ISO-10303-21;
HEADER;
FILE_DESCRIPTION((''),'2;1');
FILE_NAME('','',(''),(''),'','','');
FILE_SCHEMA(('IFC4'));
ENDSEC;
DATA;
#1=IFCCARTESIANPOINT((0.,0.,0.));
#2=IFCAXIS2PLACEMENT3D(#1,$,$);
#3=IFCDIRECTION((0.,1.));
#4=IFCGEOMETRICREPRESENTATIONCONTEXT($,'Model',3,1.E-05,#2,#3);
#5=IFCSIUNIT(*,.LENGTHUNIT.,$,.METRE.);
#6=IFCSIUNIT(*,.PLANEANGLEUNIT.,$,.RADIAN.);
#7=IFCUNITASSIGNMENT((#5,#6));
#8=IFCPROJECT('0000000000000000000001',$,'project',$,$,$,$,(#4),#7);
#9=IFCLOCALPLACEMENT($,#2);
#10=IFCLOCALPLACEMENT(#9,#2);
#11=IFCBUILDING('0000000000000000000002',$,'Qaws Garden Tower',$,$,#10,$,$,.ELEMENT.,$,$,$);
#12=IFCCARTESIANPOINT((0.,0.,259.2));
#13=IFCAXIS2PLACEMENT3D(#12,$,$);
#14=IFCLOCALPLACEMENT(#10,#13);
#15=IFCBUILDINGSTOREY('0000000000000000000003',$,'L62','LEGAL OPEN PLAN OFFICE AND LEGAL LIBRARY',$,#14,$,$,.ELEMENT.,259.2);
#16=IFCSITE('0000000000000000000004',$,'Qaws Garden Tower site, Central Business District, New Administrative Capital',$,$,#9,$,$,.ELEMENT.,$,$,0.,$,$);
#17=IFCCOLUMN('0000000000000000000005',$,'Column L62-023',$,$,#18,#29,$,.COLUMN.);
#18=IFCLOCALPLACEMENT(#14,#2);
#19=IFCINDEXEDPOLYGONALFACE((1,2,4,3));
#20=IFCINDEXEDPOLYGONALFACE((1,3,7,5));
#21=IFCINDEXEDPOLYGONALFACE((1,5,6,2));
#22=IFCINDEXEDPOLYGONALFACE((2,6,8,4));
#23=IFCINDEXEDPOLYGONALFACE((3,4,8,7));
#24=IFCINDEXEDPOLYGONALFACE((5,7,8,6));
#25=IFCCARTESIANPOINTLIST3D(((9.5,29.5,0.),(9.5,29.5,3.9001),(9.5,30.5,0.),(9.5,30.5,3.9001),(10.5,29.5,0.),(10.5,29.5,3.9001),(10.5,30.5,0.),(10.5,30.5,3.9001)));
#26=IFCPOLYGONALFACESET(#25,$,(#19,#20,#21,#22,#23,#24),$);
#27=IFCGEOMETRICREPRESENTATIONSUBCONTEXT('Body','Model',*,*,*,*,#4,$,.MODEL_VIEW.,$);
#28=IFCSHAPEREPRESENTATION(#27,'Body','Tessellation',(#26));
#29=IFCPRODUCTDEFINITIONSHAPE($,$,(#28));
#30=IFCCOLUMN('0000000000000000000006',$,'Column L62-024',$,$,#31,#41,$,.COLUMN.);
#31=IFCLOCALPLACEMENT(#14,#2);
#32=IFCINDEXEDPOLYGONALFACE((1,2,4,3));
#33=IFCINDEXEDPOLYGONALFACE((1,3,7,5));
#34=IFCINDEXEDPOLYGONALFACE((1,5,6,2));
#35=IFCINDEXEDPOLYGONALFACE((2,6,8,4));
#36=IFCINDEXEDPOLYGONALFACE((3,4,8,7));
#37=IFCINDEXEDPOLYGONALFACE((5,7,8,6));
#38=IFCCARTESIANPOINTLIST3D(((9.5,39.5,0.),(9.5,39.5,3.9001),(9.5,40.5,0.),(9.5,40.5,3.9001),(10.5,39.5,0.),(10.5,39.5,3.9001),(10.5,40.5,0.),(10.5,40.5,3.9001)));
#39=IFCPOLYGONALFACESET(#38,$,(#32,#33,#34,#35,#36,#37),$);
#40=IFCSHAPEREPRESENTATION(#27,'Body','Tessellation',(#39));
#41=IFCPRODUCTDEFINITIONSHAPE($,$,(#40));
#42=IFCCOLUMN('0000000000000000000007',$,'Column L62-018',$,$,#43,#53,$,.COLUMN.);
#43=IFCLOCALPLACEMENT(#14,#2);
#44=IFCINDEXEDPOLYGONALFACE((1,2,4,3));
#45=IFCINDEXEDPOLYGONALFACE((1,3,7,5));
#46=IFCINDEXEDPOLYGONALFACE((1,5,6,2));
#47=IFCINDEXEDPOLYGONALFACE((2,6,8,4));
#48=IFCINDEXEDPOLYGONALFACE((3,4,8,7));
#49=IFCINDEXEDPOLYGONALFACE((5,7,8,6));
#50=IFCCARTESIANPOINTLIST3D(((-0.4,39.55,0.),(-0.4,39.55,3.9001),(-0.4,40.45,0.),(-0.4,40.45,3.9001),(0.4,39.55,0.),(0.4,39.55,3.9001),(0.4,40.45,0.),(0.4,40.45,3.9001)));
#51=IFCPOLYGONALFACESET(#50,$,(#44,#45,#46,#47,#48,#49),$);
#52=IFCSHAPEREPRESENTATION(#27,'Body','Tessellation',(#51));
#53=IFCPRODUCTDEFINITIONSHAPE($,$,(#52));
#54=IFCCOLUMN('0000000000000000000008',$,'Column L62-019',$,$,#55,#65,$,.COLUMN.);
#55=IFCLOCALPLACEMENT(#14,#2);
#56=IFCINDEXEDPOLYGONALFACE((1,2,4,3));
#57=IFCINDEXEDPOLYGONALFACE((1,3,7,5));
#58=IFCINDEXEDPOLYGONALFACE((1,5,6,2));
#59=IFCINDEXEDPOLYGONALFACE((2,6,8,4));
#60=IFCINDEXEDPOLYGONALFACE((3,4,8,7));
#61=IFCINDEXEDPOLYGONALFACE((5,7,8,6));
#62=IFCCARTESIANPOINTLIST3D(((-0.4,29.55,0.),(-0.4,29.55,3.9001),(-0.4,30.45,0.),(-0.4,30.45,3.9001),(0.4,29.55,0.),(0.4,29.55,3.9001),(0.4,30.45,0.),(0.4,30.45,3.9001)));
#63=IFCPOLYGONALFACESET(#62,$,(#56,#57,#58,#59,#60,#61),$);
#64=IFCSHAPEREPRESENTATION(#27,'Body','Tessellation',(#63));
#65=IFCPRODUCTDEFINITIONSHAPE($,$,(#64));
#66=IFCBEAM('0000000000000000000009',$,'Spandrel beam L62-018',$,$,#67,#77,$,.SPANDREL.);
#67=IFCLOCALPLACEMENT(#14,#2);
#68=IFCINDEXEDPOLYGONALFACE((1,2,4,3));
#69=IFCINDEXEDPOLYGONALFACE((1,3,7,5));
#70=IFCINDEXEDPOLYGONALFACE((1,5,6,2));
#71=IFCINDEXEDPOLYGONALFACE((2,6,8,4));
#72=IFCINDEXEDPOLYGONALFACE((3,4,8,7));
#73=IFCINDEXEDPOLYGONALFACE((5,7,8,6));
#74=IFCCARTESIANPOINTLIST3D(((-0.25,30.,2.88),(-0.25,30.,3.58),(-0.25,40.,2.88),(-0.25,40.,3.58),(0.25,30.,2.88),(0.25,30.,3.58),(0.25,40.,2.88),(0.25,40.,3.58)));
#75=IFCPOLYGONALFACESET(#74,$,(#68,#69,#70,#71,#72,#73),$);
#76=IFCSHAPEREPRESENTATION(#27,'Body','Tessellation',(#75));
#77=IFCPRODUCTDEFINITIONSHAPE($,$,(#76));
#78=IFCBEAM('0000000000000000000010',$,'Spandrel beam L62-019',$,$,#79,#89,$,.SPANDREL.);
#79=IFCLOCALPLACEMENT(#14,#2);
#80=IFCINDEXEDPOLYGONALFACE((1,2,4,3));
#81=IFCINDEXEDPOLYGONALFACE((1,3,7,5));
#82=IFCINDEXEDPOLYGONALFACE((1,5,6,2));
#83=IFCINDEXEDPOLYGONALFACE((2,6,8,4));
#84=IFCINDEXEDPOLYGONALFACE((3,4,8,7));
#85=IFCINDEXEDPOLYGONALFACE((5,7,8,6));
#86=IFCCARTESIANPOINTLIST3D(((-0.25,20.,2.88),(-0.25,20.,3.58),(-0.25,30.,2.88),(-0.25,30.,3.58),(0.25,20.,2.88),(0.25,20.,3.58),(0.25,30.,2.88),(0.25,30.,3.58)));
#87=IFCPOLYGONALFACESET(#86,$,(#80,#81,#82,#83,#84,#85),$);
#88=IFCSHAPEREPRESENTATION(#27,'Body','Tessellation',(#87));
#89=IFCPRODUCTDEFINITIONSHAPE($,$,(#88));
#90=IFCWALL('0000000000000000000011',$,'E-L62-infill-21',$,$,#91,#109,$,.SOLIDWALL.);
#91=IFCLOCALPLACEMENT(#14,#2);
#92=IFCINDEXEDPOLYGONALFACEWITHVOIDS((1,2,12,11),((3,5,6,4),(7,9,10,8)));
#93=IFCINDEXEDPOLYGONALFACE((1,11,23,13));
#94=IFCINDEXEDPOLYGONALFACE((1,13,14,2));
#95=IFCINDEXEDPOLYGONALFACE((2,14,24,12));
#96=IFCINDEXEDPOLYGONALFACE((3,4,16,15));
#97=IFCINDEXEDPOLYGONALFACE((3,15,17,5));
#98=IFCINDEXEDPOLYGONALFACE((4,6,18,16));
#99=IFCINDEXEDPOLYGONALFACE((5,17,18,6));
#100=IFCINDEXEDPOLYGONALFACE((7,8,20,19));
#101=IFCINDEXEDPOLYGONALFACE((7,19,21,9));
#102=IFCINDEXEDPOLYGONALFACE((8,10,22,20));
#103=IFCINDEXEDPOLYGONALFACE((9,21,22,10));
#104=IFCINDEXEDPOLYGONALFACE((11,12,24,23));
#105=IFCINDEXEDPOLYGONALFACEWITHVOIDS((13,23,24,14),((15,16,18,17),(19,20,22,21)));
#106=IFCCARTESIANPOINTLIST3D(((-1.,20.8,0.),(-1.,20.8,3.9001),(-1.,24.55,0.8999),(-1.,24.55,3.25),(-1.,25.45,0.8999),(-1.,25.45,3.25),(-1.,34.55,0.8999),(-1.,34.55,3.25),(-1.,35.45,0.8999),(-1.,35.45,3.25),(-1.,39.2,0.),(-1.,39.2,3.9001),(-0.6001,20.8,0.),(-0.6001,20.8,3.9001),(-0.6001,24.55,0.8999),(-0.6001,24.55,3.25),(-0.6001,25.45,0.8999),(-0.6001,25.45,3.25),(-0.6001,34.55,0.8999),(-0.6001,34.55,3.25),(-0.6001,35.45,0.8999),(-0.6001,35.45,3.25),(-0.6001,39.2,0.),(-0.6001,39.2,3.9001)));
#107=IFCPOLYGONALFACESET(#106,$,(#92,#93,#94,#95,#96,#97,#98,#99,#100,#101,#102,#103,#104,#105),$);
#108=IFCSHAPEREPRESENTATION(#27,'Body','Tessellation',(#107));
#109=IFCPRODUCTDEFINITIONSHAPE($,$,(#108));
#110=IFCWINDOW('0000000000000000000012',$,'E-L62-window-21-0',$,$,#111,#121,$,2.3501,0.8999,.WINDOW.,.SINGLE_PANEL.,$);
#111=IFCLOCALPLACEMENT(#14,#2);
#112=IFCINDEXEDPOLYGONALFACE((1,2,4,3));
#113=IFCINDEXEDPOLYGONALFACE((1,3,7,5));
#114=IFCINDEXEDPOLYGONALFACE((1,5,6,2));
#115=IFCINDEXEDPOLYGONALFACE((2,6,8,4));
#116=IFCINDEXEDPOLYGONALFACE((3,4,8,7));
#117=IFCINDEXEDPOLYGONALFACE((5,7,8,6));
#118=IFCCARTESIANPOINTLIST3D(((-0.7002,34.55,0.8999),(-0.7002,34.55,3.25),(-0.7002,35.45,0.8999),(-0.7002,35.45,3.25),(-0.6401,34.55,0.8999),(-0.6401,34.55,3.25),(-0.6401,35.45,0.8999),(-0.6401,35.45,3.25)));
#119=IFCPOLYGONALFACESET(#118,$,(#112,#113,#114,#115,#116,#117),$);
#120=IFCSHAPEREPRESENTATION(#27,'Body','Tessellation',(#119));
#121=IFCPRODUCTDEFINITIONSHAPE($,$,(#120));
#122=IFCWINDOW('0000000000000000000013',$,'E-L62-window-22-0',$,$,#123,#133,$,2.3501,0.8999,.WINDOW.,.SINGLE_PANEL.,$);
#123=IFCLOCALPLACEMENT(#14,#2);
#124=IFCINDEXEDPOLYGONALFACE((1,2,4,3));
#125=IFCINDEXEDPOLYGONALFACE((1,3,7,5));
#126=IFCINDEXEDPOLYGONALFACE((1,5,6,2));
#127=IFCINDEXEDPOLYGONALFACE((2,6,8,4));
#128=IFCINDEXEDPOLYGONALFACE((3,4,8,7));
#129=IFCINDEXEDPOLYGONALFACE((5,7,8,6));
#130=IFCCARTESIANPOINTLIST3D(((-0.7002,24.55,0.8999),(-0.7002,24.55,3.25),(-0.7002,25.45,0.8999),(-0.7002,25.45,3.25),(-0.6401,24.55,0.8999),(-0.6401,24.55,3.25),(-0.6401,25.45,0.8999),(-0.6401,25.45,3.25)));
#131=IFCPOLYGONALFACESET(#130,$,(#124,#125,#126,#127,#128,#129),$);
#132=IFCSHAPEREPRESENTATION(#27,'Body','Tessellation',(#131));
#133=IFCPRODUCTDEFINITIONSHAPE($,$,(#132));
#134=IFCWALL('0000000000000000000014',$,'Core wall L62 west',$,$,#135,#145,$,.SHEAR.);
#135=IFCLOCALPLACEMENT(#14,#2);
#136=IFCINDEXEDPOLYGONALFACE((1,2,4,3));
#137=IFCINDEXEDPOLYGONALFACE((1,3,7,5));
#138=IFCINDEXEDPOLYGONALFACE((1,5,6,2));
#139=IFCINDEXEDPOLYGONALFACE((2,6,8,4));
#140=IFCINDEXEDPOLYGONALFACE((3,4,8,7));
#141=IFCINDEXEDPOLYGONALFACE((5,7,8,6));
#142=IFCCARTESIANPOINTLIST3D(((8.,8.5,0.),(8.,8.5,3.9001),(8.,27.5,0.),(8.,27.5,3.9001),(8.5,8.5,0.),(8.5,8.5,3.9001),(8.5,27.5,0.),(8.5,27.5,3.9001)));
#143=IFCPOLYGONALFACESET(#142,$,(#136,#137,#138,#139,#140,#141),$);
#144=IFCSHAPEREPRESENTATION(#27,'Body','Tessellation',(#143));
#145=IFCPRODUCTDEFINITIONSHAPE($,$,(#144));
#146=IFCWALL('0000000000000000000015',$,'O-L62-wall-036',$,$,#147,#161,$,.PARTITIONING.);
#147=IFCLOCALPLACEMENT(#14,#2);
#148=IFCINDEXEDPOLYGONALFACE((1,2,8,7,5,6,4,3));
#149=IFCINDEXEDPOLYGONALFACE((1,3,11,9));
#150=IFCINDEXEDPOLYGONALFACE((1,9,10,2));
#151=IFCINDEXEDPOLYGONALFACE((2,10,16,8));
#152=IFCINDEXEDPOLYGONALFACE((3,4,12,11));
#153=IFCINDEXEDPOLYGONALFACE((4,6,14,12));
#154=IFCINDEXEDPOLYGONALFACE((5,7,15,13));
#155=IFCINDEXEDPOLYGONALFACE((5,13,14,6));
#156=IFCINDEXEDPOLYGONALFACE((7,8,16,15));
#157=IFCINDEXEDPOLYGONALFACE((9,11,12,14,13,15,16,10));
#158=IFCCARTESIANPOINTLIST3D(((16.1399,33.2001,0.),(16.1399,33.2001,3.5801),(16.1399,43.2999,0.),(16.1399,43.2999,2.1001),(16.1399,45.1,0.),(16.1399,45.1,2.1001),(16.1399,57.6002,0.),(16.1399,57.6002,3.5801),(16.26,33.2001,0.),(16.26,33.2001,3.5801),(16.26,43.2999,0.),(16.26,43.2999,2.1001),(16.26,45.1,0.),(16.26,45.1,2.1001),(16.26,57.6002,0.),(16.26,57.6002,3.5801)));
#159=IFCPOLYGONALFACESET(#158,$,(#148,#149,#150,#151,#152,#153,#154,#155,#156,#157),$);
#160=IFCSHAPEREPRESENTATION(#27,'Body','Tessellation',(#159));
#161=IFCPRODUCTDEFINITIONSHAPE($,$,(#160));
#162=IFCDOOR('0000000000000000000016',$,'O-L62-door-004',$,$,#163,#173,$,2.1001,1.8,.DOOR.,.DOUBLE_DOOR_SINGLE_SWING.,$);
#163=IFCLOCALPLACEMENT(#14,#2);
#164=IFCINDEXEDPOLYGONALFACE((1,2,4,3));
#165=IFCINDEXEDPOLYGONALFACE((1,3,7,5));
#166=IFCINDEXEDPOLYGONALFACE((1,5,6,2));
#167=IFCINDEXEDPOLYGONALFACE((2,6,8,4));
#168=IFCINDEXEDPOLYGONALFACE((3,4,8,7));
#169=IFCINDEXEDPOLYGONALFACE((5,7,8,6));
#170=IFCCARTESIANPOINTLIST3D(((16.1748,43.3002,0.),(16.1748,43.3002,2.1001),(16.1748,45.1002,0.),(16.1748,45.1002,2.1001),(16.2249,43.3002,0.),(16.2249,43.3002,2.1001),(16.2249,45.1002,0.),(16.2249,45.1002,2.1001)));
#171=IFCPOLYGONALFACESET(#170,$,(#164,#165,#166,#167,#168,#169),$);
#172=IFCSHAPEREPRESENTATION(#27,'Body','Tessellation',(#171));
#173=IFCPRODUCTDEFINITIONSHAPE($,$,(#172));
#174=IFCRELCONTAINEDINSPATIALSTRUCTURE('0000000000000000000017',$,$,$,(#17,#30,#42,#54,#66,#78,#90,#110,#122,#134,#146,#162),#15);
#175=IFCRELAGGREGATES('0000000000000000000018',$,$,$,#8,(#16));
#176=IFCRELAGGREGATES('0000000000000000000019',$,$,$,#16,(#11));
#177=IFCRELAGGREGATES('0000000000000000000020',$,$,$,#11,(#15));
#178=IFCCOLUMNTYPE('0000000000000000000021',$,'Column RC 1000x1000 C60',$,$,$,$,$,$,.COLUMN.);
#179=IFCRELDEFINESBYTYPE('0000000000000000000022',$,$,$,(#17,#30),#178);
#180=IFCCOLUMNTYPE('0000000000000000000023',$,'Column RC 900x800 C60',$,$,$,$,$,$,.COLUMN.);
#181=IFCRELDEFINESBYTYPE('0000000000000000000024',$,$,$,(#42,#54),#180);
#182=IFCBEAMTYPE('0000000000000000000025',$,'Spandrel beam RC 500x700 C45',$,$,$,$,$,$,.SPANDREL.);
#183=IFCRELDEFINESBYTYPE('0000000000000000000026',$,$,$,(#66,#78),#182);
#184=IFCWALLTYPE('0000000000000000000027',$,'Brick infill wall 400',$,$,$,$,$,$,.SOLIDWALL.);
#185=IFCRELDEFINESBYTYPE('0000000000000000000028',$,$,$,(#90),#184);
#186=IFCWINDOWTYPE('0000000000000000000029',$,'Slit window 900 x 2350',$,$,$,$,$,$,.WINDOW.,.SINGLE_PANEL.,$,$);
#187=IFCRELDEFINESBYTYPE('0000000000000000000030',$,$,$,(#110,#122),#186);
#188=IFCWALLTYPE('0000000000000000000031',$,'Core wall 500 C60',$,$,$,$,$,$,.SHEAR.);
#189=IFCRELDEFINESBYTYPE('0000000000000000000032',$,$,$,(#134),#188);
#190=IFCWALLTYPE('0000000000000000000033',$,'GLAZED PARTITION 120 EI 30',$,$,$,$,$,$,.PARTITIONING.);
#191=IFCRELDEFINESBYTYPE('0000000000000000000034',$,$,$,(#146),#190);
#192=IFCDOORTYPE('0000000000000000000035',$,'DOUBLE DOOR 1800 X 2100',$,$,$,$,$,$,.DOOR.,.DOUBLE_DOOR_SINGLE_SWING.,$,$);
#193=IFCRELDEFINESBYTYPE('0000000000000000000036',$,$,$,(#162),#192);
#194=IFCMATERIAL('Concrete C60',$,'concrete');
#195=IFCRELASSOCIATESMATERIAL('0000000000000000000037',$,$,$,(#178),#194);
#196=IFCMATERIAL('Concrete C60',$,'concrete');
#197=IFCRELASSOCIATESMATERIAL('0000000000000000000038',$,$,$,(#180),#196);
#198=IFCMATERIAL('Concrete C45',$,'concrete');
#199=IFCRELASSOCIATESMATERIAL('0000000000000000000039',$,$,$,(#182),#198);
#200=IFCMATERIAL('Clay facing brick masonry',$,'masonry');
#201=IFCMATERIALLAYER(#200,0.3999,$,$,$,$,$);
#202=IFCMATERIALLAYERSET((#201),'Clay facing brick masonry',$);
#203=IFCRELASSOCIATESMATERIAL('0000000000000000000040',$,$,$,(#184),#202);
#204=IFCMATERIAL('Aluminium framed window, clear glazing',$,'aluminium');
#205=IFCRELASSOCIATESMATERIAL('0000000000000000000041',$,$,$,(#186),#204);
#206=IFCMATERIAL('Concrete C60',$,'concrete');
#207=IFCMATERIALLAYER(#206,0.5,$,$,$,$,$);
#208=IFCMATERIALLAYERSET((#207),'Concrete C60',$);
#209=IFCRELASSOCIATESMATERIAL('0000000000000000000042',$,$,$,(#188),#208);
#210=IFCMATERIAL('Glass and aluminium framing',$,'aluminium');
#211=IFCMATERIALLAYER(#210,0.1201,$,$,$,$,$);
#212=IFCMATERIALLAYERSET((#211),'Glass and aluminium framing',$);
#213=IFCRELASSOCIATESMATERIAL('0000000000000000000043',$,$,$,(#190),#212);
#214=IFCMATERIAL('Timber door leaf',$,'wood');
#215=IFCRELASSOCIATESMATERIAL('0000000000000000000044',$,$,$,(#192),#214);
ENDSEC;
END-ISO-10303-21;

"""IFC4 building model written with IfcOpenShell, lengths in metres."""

from ifc_helpers import new_model, si_unit, direction, frame, frame_2d, origin, origin_2d, place, context, subcontext, project, spatial, rectangle, extrude, material, layer, layer_set, material_profile, profile_set, type_object, element, fill, save


model = new_model("IFC4")

# Units and contexts
model_context = context("Model", 3, precision=1e-05, world=origin(), true_north=direction((0.0, 1.0)))
body_context = subcontext(model_context, "Body", "Model", "MODEL_VIEW")
ifc_project = project(units=[si_unit("LENGTHUNIT", "METRE"), si_unit("PLANEANGLEUNIT", "RADIAN")], contexts=[model_context])

# Site, building, storey
site_placement = place(None, origin())
site = spatial("IfcSite", under=ifc_project, at=site_placement, Name="Qaws Garden Tower site, Central Business District, New Administrative Capital", CompositionType="ELEMENT", RefElevation=0.0)
building_placement = place(site_placement, origin())
building = spatial("IfcBuilding", under=site, at=building_placement, Name="Qaws Garden Tower", CompositionType="ELEMENT")
storey_placement = place(building_placement, frame((0.0, 0.0, 259.2)))
storey = spatial("IfcBuildingStorey", under=building, at=storey_placement, Name="L62", Description="LEGAL OPEN PLAN OFFICE AND LEGAL LIBRARY", CompositionType="ELEMENT", Elevation=259.2)

# Columns
ifc_material_1 = material(Name="Concrete C60", Category="concrete")
ifc_material_profile_1 = material_profile(ifc_material_1, rectangle(XDim=1.0, YDim=1.0, at=origin_2d()), Name="RC 1000x1000")
ifc_profile_set_1 = profile_set([ifc_material_profile_1], Name="Concrete C60")
column_type_1 = type_object("IfcColumnType", Name="Column RC 1000x1000 C60", PredefinedType="COLUMN", material=ifc_profile_set_1)
for number, where, z_axis, x_axis, name in (
    (1, (10.0, 30.0, 0.0), (0.0, 0.0, 1.0), (1.0, 0.0, 0.0), "Column L62-023"),
    (2, (10.0, 40.0, 0.0), (0.0, 0.0, 1.0), (1.0, 0.0, 0.0), "Column L62-024"),
):
    element("IfcColumn", number, at=place(storey_placement, frame(where, z_axis=z_axis, x_axis=x_axis)), inside=storey, type_object=column_type_1, Name=name, PredefinedType="COLUMN", context=body_context, shape_type="SweptSolid", body=[
        extrude(rectangle(XDim=1.0, YDim=1.0, at=origin_2d()), origin(), (0.0, 0.0, 1.0), 3.9001),
    ])
ifc_material_2 = material(Name="Concrete C60", Category="concrete")
ifc_material_profile_2 = material_profile(ifc_material_2, rectangle(XDim=0.8999, YDim=0.8, at=origin_2d()), Name="RC 900x800")
ifc_profile_set_2 = profile_set([ifc_material_profile_2], Name="Concrete C60")
column_type_2 = type_object("IfcColumnType", Name="Column RC 900x800 C60", PredefinedType="COLUMN", material=ifc_profile_set_2)
for number, where, z_axis, x_axis, name in (
    (3, (0.0, 40.0, 0.0), (0.0, 0.0, 1.0), (0.0, 1.0, 0.0), "Column L62-018"),
    (4, (0.0, 30.0, 0.0), (0.0, 0.0, 1.0), (0.0, 1.0, 0.0), "Column L62-019"),
):
    element("IfcColumn", number, at=place(storey_placement, frame(where, z_axis=z_axis, x_axis=x_axis)), inside=storey, type_object=column_type_2, Name=name, PredefinedType="COLUMN", context=body_context, shape_type="SweptSolid", body=[
        extrude(rectangle(XDim=0.8999, YDim=0.8, at=origin_2d()), origin(), (0.0, 0.0, 1.0), 3.9001),
    ])

# Beams
ifc_material_3 = material(Name="Concrete C45", Category="concrete")
ifc_material_profile_3 = material_profile(ifc_material_3, rectangle(XDim=0.5, YDim=0.7, at=origin_2d()), Name="RC 500x700")
ifc_profile_set_3 = profile_set([ifc_material_profile_3], Name="Concrete C45")
beam_type = type_object("IfcBeamType", Name="Spandrel beam RC 500x700 C45", PredefinedType="SPANDREL", material=ifc_profile_set_3)
for number, where, z_axis, x_axis, name in (
    (5, (0.0, 40.0, 3.23), (0.0, -1.0, 0.0), (1.0, 0.0, 0.0), "Spandrel beam L62-018"),
    (6, (0.0, 30.0, 3.23), (0.0, -1.0, 0.0), (1.0, 0.0, 0.0), "Spandrel beam L62-019"),
):
    element("IfcBeam", number, at=place(storey_placement, frame(where, z_axis=z_axis, x_axis=x_axis)), inside=storey, type_object=beam_type, Name=name, PredefinedType="SPANDREL", context=body_context, shape_type="SweptSolid", body=[
        extrude(rectangle(XDim=0.5, YDim=0.7, at=origin_2d()), origin(), (0.0, 0.0, 1.0), 10.0),
    ])

# Wall, openings, windows
ifc_material_4 = material(Name="Clay facing brick masonry", Category="masonry")
ifc_layer_1 = layer(ifc_material_4, 0.3999)
ifc_layer_set_1 = layer_set([ifc_layer_1], Name="Clay facing brick masonry")
wall_type_1 = type_object("IfcWallType", Name="Brick infill wall 400", PredefinedType="SOLIDWALL", material=ifc_layer_set_1)
wall_1_placement = place(storey_placement, frame((-0.8, 39.2, 0.0), z_axis=(0.0, 0.0, 1.0), x_axis=(0.0, -1.0, 0.0)))
wall_1 = element("IfcWall", 7, at=wall_1_placement, inside=storey, type_object=wall_type_1, Name="E-L62-infill-21", PredefinedType="SOLIDWALL", context=body_context, shape_type="SweptSolid", body=[
    extrude(rectangle(XDim=18.3999, YDim=0.3999, at=frame_2d((9.2, 0.0))), origin(), (0.0, 0.0, 1.0), 3.9001),
])
opening_1_placement = place(wall_1_placement, frame((3.75, 0.0, 0.8999)))
opening_1 = element("IfcOpeningElement", 8, at=opening_1_placement, cuts=wall_1, PredefinedType="OPENING", context=body_context, shape_type="SweptSolid", body=[
    extrude(rectangle(XDim=0.8999, YDim=2.3501, at=frame_2d((0.45, 1.175))), frame((0.0, 0.21, 0.0), z_axis=(0.0, -1.0, 0.0), x_axis=(1.0, 0.0, 0.0)), (0.0, 0.0, 1.0), 0.4199),
])
opening_2_placement = place(wall_1_placement, frame((13.75, 0.0, 0.8999)))
opening_2 = element("IfcOpeningElement", 9, at=opening_2_placement, cuts=wall_1, PredefinedType="OPENING", context=body_context, shape_type="SweptSolid", body=[
    extrude(rectangle(XDim=0.8999, YDim=2.3501, at=frame_2d((0.45, 1.175))), frame((0.0, 0.21, 0.0), z_axis=(0.0, -1.0, 0.0), x_axis=(1.0, 0.0, 0.0)), (0.0, 0.0, 1.0), 0.4199),
])
ifc_material_5 = material(Name="Aluminium framed window, clear glazing", Category="aluminium")
window_type = type_object("IfcWindowType", Name="Slit window 900 x 2350", PartitioningType="SINGLE_PANEL", PredefinedType="WINDOW", material=ifc_material_5)
window_1_placement = place(opening_1_placement, origin())
window_1 = element("IfcWindow", 10, at=window_1_placement, inside=storey, type_object=window_type, Name="E-L62-window-21-0", OverallHeight=2.3501, OverallWidth=0.8999, PartitioningType="SINGLE_PANEL", PredefinedType="WINDOW", context=body_context, shape_type="SweptSolid", body=[
    extrude(rectangle(XDim=0.8999, YDim=2.3501, at=frame_2d((0.45, 1.175))), frame((0.0, 0.1599, 0.0), z_axis=(0.0, -1.0, 0.0), x_axis=(1.0, 0.0, 0.0)), (0.0, 0.0, 1.0), 0.0601),
])
fill(opening_1, window_1)
window_2_placement = place(opening_2_placement, origin())
window_2 = element("IfcWindow", 11, at=window_2_placement, inside=storey, type_object=window_type, Name="E-L62-window-22-0", OverallHeight=2.3501, OverallWidth=0.8999, PartitioningType="SINGLE_PANEL", PredefinedType="WINDOW", context=body_context, shape_type="SweptSolid", body=[
    extrude(rectangle(XDim=0.8999, YDim=2.3501, at=frame_2d((0.45, 1.175))), frame((0.0, 0.1599, 0.0), z_axis=(0.0, -1.0, 0.0), x_axis=(1.0, 0.0, 0.0)), (0.0, 0.0, 1.0), 0.0601),
])
fill(opening_2, window_2)

# Wall
ifc_material_6 = material(Name="Concrete C60", Category="concrete")
ifc_layer_2 = layer(ifc_material_6, 0.5)
ifc_layer_set_2 = layer_set([ifc_layer_2], Name="Concrete C60")
wall_type_2 = type_object("IfcWallType", Name="Core wall 500 C60", PredefinedType="SHEAR", material=ifc_layer_set_2)
wall_2_placement = place(storey_placement, frame((8.25, 27.5, 0.0), z_axis=(0.0, 0.0, 1.0), x_axis=(0.0, -1.0, 0.0)))
element("IfcWall", 12, at=wall_2_placement, inside=storey, type_object=wall_type_2, Name="Core wall L62 west", PredefinedType="SHEAR", context=body_context, shape_type="SweptSolid", body=[
    extrude(rectangle(XDim=19.0, YDim=0.5, at=frame_2d((9.5, 0.0))), origin(), (0.0, 0.0, 1.0), 3.9001),
])

# Wall, opening, door
ifc_material_7 = material(Name="Glass and aluminium framing", Category="aluminium")
ifc_layer_3 = layer(ifc_material_7, 0.1201)
ifc_layer_set_3 = layer_set([ifc_layer_3], Name="Glass and aluminium framing")
wall_type_3 = type_object("IfcWallType", Name="GLAZED PARTITION 120 EI 30", PredefinedType="PARTITIONING", material=ifc_layer_set_3)
wall_3_placement = place(storey_placement, frame((16.2, 33.2, 0.0), z_axis=(0.0, 0.0, 1.0), x_axis=(0.0, 1.0, 0.0)))
wall_3 = element("IfcWall", 13, at=wall_3_placement, inside=storey, type_object=wall_type_3, Name="O-L62-wall-036", PredefinedType="PARTITIONING", context=body_context, shape_type="SweptSolid", body=[
    extrude(rectangle(XDim=24.4001, YDim=0.1201, at=frame_2d((12.2002, 0.0))), origin(), (0.0, 0.0, 1.0), 3.5801),
])
opening_3_placement = place(wall_3_placement, frame((10.1001, 0.0, 0.0)))
opening_3 = element("IfcOpeningElement", 14, at=opening_3_placement, cuts=wall_3, PredefinedType="OPENING", context=body_context, shape_type="SweptSolid", body=[
    extrude(rectangle(XDim=1.8, YDim=2.1001, at=frame_2d((0.8999, 1.05))), frame((0.0, 0.0701, 0.0), z_axis=(0.0, -1.0, 0.0), x_axis=(1.0, 0.0, 0.0)), (0.0, 0.0, 1.0), 0.1401),
])
ifc_material_8 = material(Name="Timber door leaf", Category="wood")
door_type_1 = type_object("IfcDoorType", Name="DOUBLE DOOR 1800 X 2100", OperationType="DOUBLE_DOOR_SINGLE_SWING", PredefinedType="DOOR", material=ifc_material_8)
door_1_placement = place(opening_3_placement, frame((1.8, 0.0, 0.0), z_axis=(0.0, 0.0, 1.0), x_axis=(-1.0, 0.0, 0.0)))
door_1 = element("IfcDoor", 15, at=door_1_placement, inside=storey, type_object=door_type_1, Name="O-L62-door-004", OperationType="DOUBLE_DOOR_SINGLE_SWING", OverallHeight=2.1001, OverallWidth=1.8, PredefinedType="DOOR", context=body_context, shape_type="SweptSolid", body=[
    extrude(rectangle(XDim=1.8, YDim=2.1001, at=frame_2d((0.8999, 1.05))), frame((0.0, 0.0249, 0.0), z_axis=(0.0, -1.0, 0.0), x_axis=(1.0, 0.0, 0.0)), (0.0, 0.0, 1.0), 0.05),
])
fill(opening_3, door_1)

save(model, "model.ifc")
